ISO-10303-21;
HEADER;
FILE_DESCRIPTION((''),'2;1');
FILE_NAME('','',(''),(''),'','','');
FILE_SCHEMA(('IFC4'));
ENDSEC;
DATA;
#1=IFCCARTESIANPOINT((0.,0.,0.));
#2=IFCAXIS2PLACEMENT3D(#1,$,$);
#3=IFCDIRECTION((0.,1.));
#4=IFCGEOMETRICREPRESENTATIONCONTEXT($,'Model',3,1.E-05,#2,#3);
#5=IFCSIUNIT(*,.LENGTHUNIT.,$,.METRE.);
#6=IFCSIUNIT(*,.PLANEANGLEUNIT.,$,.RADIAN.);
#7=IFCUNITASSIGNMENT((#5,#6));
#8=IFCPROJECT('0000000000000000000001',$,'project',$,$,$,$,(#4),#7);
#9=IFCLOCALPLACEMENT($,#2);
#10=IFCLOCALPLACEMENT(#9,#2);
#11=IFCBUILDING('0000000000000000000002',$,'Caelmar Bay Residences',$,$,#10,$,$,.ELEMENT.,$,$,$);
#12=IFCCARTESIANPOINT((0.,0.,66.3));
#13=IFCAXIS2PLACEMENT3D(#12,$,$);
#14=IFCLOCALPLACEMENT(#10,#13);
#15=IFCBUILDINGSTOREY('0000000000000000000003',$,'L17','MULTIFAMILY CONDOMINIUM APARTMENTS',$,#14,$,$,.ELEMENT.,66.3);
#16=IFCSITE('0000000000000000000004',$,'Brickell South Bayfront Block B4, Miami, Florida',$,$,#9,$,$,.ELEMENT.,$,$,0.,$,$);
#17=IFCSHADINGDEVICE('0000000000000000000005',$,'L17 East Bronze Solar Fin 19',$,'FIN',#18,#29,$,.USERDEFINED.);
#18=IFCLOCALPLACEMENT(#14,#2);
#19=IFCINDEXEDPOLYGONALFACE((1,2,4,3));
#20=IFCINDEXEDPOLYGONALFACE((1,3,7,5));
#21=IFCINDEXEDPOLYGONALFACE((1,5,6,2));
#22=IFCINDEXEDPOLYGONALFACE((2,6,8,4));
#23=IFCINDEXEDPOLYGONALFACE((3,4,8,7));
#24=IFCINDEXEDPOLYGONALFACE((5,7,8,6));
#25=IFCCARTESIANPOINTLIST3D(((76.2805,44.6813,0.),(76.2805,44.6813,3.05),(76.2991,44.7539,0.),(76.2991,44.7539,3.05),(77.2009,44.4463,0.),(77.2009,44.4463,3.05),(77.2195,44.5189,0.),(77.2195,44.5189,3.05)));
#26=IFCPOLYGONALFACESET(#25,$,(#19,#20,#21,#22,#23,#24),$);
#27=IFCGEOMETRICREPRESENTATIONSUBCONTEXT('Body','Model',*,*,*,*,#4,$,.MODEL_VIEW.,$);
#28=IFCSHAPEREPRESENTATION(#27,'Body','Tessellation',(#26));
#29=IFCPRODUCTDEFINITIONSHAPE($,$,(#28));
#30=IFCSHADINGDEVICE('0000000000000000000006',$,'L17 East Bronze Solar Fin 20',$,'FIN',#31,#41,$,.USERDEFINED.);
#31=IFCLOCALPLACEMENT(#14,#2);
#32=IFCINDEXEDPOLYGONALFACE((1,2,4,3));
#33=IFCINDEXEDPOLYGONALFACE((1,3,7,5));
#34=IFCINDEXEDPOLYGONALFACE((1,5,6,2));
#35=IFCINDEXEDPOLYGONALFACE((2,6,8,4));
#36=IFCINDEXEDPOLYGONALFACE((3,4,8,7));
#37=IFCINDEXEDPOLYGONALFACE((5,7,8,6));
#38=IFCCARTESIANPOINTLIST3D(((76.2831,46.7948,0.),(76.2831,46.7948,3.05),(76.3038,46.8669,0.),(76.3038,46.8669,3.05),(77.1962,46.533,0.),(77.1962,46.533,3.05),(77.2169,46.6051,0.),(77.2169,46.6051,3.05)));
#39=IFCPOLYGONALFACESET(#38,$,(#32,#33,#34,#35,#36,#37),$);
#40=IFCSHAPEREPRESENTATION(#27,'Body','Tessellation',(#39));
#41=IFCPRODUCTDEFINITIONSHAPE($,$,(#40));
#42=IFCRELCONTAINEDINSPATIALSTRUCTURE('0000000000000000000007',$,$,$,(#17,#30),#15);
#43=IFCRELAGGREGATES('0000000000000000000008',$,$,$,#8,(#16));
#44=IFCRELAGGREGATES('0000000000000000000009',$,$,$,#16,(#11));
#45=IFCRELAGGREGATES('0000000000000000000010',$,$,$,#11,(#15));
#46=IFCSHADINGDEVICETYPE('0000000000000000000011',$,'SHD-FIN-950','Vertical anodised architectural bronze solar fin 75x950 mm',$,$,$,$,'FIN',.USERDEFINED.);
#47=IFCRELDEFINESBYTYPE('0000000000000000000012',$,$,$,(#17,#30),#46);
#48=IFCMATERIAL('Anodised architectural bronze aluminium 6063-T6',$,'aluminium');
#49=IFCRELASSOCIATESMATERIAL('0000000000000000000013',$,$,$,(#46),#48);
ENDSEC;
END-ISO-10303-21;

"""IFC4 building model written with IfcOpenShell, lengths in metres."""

from ifc_helpers import new_model, si_unit, direction, frame, origin, origin_2d, place, context, subcontext, project, spatial, rectangle, extrude, material, material_profile, profile_set, type_object, element, save


model = new_model("IFC4")

# Units and contexts
model_context = context("Model", 3, precision=1e-05, world=origin(), true_north=direction((0.0, 1.0)))
body_context = subcontext(model_context, "Body", "Model", "MODEL_VIEW")
ifc_project = project(units=[si_unit("LENGTHUNIT", "METRE"), si_unit("PLANEANGLEUNIT", "RADIAN")], contexts=[model_context])

# Site, building, storey
site_placement = place(None, origin())
site = spatial("IfcSite", under=ifc_project, at=site_placement, Name="Brickell South Bayfront Block B4, Miami, Florida", CompositionType="ELEMENT", RefElevation=0.0)
building_placement = place(site_placement, origin())
building = spatial("IfcBuilding", under=site, at=building_placement, Name="Caelmar Bay Residences", CompositionType="ELEMENT")
storey_placement = place(building_placement, frame((0.0, 0.0, 66.3)))
storey = spatial("IfcBuildingStorey", under=building, at=storey_placement, Name="L17", Description="MULTIFAMILY CONDOMINIUM APARTMENTS", CompositionType="ELEMENT", Elevation=66.3)

# Shading devices
ifc_material_1 = material(Name="Anodised architectural bronze aluminium 6063-T6", Category="aluminium")
ifc_material_profile_1 = material_profile(ifc_material_1, rectangle(XDim=0.075, YDim=0.95, at=origin_2d()), Name="BRONZE-FIN-75X950")
ifc_profile_set_1 = profile_set([ifc_material_profile_1], Name="Anodised architectural bronze aluminium 6063-T6")
shading_device_type = type_object("IfcShadingDeviceType", Name="SHD-FIN-950", Description="Vertical anodised architectural bronze solar fin 75x950 mm", ElementType="FIN", PredefinedType="USERDEFINED", material=ifc_profile_set_1)
for number, where, z_axis, x_axis, name in (
    (1, (76.75, 44.6001, 0.0), (0.0, 0.0, 1.0), (0.247337, 0.968929, 0.0), "L17 East Bronze Solar Fin 19"),
    (2, (76.75, 46.7, 0.0), (0.0, 0.0, 1.0), (0.275637, 0.961262, 0.0), "L17 East Bronze Solar Fin 20"),
):
    element("IfcShadingDevice", number, at=place(storey_placement, frame(where, z_axis=z_axis, x_axis=x_axis)), inside=storey, type_object=shading_device_type, Name=name, ObjectType="FIN", PredefinedType="USERDEFINED", context=body_context, shape_type="SweptSolid", body=[
        extrude(rectangle(XDim=0.075, YDim=0.95, at=origin_2d()), origin(), (0.0, 0.0, 1.0), 3.05),
    ])

save(model, "model.ifc")
